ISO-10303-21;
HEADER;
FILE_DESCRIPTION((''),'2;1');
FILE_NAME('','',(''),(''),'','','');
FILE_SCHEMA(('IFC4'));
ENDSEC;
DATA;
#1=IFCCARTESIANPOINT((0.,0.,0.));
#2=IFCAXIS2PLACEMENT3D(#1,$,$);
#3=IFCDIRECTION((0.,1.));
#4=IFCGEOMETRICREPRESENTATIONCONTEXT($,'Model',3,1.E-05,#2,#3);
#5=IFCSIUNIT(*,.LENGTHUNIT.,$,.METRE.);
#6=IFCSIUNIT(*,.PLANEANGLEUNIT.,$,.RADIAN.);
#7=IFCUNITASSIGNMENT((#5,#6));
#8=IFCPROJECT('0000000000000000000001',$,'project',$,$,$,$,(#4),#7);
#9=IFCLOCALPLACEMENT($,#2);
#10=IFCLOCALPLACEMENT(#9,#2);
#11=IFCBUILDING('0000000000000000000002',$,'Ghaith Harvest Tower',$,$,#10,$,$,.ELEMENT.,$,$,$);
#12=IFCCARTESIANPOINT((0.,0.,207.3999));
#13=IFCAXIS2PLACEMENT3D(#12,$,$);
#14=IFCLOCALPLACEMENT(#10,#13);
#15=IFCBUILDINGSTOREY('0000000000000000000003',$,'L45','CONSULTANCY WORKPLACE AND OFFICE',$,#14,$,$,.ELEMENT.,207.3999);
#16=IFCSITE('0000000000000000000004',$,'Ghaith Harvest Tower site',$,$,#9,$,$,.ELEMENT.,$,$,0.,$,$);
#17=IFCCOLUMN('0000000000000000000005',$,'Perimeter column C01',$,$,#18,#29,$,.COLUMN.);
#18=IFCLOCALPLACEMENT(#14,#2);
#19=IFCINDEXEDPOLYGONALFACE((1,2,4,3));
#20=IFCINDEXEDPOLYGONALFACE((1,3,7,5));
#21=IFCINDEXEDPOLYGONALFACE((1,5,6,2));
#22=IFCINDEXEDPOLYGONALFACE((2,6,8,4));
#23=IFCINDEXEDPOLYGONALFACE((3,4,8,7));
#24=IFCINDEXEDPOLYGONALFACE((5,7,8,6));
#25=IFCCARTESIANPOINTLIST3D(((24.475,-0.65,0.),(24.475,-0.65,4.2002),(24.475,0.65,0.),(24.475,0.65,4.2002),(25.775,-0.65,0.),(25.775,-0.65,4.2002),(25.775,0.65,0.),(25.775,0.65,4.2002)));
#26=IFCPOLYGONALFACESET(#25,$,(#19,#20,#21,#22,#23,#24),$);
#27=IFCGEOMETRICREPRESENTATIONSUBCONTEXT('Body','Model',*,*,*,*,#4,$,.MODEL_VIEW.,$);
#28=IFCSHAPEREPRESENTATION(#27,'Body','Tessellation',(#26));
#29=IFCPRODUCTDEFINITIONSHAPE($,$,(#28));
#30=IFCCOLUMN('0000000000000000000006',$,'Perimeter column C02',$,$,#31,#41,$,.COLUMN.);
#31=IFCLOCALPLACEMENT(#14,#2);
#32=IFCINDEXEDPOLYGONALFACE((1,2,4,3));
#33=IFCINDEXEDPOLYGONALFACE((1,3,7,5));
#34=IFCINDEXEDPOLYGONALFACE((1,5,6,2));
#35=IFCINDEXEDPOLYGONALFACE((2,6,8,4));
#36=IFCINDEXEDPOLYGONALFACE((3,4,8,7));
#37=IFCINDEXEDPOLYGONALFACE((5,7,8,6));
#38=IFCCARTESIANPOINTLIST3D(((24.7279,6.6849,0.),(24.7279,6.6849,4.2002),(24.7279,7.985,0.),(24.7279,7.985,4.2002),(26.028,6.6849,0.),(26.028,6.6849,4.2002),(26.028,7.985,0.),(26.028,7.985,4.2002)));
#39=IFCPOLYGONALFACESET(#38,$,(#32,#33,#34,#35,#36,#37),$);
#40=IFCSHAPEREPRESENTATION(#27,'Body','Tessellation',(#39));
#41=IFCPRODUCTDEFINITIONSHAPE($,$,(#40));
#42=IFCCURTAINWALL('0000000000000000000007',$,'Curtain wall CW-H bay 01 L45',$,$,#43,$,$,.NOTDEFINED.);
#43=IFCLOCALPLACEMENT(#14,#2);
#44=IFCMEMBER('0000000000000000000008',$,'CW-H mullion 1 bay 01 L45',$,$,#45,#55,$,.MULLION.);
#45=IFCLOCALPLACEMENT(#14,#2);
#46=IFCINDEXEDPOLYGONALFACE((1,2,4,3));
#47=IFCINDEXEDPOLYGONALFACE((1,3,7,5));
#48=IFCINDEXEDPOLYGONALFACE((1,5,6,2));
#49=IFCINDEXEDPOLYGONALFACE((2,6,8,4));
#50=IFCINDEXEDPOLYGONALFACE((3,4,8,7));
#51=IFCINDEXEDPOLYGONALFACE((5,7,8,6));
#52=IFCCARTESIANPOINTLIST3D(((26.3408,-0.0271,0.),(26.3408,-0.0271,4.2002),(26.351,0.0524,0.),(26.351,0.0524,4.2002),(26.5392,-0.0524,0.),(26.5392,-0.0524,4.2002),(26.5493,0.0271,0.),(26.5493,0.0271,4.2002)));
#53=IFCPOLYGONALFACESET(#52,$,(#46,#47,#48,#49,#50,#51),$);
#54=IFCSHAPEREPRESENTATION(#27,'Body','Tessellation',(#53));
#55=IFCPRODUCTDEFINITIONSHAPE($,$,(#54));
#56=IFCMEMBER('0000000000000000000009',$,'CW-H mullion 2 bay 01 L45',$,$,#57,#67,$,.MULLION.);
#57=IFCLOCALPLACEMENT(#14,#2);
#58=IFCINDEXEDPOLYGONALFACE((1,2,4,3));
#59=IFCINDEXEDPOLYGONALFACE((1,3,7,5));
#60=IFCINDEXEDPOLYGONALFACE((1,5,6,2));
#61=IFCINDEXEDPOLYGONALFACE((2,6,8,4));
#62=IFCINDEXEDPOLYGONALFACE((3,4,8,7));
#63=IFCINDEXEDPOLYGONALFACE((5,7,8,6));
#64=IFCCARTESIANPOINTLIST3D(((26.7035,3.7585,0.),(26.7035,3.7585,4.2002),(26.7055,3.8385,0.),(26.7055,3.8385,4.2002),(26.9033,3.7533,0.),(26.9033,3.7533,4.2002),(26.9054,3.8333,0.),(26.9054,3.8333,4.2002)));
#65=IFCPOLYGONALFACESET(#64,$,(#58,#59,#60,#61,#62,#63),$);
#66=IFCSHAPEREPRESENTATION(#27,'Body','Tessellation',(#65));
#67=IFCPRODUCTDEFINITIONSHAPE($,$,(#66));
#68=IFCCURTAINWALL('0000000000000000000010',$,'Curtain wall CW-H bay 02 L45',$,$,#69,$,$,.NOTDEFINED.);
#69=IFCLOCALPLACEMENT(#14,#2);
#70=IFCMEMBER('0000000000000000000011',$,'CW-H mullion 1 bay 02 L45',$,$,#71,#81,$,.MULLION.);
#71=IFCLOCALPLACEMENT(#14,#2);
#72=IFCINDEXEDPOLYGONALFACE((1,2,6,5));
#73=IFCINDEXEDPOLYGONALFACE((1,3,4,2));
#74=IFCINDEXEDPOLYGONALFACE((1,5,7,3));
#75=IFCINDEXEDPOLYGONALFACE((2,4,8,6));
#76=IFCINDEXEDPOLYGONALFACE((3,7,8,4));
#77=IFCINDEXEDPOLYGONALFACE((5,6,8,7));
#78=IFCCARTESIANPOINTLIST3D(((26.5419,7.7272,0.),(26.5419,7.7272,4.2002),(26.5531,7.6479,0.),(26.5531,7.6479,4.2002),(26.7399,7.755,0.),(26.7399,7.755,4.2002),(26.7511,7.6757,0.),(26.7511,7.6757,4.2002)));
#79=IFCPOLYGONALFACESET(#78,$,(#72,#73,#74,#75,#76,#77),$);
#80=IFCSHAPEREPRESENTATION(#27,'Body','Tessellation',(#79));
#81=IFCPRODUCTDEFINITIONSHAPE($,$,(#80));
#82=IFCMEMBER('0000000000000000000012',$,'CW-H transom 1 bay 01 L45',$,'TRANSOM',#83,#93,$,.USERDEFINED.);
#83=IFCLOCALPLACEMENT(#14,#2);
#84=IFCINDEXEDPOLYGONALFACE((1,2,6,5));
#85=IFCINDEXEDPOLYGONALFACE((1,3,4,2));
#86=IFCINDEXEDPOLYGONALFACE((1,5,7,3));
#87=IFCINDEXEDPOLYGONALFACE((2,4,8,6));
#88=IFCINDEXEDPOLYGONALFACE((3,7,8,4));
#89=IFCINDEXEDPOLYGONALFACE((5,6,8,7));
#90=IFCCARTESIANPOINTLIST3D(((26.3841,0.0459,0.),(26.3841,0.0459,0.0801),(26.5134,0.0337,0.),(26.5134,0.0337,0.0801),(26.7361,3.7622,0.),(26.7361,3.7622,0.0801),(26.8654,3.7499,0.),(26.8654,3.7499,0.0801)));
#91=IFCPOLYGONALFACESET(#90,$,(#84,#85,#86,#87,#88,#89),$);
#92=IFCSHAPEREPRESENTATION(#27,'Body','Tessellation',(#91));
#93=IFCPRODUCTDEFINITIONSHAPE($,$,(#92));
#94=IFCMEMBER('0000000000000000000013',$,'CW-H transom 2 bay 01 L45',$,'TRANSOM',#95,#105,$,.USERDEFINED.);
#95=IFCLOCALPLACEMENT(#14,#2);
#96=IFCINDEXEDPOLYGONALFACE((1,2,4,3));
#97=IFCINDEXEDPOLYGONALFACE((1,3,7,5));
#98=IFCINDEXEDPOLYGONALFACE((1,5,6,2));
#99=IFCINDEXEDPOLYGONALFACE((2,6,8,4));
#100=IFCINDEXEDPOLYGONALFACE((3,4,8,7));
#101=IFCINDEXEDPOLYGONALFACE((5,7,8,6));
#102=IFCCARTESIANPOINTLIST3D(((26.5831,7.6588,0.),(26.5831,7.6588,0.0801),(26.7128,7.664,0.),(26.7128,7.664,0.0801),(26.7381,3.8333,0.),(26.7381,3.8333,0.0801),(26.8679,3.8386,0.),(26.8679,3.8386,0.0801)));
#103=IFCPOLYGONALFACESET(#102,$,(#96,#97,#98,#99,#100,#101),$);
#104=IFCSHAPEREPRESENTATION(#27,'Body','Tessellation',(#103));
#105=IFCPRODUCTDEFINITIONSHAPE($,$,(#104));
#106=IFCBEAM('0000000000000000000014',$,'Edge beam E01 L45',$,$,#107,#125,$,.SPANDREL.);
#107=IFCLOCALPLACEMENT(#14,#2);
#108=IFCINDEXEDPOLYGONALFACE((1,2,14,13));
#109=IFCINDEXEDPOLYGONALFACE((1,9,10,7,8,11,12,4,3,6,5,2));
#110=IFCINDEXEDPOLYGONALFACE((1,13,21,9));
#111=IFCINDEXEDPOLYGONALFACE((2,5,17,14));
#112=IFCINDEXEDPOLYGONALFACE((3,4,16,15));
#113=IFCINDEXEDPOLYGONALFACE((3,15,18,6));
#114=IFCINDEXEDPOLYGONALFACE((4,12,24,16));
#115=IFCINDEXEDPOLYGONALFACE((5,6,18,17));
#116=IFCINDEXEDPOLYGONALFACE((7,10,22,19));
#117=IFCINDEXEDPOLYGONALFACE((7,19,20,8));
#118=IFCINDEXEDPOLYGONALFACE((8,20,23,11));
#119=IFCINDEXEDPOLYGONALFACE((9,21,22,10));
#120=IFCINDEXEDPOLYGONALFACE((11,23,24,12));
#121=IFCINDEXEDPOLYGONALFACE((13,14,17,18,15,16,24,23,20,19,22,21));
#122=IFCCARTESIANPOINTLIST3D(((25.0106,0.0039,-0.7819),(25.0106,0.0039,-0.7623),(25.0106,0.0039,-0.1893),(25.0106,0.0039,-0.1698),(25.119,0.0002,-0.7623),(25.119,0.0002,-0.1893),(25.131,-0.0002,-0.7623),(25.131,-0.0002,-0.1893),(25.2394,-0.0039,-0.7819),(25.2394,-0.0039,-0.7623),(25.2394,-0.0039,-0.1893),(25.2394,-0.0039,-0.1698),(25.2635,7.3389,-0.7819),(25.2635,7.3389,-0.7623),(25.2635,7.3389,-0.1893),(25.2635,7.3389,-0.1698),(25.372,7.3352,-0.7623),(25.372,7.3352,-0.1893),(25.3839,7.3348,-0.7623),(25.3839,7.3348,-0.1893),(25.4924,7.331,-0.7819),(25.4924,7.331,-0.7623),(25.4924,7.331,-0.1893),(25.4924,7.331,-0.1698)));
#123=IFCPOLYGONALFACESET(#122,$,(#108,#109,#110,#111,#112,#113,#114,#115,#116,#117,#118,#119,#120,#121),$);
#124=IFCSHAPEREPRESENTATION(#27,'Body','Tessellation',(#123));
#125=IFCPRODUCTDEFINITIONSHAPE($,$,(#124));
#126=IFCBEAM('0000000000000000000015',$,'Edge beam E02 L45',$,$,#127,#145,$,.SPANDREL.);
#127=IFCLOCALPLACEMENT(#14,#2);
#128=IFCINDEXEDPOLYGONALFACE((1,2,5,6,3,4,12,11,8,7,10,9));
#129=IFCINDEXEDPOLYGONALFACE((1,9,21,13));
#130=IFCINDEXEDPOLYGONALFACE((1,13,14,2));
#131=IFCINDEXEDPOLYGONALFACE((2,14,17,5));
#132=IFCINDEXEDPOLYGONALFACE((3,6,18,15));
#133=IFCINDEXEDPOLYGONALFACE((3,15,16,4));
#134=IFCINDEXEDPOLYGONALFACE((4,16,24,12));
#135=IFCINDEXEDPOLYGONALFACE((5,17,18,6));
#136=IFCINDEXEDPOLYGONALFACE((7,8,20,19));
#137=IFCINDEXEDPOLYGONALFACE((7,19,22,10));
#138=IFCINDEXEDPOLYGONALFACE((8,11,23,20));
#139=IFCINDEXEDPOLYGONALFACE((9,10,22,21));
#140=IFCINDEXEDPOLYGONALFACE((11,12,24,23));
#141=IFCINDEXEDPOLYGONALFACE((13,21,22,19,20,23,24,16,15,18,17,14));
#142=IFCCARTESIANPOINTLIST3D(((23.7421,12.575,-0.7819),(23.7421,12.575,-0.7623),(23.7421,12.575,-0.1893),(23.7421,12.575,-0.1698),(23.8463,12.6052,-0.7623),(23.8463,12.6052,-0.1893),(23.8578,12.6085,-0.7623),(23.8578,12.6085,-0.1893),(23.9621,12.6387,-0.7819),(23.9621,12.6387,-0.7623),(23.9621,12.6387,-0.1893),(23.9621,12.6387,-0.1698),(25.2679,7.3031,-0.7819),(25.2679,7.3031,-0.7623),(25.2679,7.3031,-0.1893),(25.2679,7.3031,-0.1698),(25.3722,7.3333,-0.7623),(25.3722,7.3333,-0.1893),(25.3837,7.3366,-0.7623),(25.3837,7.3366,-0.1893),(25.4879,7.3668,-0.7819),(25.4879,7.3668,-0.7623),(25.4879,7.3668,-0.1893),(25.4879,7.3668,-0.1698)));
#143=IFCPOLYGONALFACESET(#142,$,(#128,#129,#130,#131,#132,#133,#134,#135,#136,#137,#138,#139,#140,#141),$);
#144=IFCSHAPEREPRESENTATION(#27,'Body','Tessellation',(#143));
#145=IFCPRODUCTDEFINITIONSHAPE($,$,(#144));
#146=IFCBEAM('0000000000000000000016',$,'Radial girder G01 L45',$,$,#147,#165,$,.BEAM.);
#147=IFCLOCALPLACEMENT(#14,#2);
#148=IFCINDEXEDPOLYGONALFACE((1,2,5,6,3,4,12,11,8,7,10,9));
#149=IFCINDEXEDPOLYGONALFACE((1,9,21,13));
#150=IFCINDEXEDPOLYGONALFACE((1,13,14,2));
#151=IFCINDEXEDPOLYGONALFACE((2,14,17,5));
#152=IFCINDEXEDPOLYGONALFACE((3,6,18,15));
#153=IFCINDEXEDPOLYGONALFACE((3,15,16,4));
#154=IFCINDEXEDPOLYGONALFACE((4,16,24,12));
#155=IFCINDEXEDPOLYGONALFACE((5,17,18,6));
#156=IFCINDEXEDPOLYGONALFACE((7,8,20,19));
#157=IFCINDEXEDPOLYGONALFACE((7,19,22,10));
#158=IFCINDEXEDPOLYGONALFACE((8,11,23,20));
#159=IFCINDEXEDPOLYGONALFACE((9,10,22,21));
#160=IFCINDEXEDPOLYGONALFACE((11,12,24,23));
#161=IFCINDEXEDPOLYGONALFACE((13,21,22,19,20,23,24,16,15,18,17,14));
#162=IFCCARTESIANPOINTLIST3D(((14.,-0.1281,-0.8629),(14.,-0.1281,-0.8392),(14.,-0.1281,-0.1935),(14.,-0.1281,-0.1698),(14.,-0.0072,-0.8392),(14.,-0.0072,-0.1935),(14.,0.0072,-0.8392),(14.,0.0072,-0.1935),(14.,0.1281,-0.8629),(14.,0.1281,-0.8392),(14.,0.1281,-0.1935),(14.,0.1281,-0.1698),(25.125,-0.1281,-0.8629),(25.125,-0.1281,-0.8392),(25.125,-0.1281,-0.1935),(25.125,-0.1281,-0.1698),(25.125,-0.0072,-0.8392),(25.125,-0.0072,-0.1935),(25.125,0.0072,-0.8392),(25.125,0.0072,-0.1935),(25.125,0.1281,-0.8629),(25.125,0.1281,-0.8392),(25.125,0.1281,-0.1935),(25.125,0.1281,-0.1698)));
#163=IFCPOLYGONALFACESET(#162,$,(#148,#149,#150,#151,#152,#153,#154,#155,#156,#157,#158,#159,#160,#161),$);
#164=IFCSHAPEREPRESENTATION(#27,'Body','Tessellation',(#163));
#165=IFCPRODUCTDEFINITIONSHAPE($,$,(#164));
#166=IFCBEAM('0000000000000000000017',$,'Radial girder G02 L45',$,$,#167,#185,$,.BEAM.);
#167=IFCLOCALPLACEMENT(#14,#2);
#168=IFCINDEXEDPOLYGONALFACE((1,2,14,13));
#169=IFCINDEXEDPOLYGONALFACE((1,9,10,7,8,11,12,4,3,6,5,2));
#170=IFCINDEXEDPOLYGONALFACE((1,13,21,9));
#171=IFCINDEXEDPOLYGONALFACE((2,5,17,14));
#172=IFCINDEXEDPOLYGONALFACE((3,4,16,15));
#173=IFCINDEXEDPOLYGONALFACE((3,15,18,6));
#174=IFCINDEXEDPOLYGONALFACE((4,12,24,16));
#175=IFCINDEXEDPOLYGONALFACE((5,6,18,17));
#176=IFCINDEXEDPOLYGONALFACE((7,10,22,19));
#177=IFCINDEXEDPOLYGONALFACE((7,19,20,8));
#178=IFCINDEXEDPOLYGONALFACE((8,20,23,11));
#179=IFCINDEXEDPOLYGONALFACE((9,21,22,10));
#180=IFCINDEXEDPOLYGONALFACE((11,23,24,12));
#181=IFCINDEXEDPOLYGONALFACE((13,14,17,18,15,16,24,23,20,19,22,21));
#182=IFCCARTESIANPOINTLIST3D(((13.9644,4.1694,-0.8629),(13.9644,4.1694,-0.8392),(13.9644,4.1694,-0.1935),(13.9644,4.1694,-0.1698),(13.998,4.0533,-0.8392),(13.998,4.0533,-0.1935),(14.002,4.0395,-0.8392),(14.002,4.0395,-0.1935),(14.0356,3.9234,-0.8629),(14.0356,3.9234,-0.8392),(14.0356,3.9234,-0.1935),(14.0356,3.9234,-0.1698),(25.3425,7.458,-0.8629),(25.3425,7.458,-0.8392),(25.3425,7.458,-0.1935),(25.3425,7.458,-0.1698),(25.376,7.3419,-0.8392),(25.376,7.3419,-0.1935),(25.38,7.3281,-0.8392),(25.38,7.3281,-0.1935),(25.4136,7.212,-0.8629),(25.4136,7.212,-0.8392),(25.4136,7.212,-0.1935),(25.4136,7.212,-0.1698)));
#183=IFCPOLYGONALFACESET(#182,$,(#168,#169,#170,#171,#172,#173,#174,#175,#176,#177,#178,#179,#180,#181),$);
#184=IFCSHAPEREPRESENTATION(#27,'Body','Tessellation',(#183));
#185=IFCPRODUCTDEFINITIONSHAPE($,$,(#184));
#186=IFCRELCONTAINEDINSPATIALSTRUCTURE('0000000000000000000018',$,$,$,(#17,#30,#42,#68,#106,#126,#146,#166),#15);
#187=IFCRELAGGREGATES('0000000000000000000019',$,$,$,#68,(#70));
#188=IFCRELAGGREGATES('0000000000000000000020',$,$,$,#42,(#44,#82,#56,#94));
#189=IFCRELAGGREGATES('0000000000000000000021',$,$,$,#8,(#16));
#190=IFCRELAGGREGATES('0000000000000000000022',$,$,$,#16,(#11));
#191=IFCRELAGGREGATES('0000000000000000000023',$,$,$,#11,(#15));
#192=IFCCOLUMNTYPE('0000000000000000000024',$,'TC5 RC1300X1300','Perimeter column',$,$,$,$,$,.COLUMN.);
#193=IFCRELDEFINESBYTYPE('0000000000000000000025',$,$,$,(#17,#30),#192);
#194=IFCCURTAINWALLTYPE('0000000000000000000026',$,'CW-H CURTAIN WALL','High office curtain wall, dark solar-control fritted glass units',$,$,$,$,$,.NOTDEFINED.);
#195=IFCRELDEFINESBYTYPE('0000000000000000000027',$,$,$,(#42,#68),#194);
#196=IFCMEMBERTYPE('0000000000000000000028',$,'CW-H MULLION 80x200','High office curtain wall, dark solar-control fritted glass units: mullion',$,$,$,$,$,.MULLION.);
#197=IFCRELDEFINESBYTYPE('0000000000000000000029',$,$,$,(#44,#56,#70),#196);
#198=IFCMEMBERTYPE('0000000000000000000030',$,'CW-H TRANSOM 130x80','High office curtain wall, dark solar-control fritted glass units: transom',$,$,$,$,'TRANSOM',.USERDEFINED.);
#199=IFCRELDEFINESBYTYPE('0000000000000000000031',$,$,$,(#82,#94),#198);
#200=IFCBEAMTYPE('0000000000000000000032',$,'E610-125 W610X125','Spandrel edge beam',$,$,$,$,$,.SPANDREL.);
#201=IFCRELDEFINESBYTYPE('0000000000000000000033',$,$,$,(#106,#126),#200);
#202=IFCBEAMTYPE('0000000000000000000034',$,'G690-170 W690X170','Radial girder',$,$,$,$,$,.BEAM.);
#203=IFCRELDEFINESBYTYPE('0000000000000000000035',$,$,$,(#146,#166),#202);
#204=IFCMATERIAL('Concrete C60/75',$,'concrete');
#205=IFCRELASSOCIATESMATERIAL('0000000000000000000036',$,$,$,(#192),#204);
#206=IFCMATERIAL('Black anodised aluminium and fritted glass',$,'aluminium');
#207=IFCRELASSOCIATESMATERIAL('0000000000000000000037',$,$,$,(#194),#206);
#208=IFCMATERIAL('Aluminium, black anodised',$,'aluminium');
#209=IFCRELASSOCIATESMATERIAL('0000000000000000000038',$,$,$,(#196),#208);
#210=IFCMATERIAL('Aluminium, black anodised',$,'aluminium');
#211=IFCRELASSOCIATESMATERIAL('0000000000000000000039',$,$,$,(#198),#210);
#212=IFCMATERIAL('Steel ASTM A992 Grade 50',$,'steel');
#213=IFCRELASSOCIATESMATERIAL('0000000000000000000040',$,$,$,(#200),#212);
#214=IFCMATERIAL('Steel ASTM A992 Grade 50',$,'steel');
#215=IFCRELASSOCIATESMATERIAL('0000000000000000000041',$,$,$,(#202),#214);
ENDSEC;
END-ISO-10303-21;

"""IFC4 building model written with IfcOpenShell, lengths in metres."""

from ifc_helpers import new_model, si_unit, direction, frame, origin, origin_2d, place, context, subcontext, project, spatial, rectangle, i_section, extrude, material, material_profile, profile_set, type_object, element, aggregate, save


model = new_model("IFC4")

# Units and contexts
model_context = context("Model", 3, precision=1e-05, world=origin(), true_north=direction((0.0, 1.0)))
body_context = subcontext(model_context, "Body", "Model", "MODEL_VIEW")
ifc_project = project(units=[si_unit("LENGTHUNIT", "METRE"), si_unit("PLANEANGLEUNIT", "RADIAN")], contexts=[model_context])

# Site, building, storey
site_placement = place(None, origin())
site = spatial("IfcSite", under=ifc_project, at=site_placement, Name="Ghaith Harvest Tower site", CompositionType="ELEMENT", RefElevation=0.0)
building_placement = place(site_placement, origin())
building = spatial("IfcBuilding", under=site, at=building_placement, Name="Ghaith Harvest Tower", CompositionType="ELEMENT")
storey_placement = place(building_placement, frame((0.0, 0.0, 207.3999)))
storey = spatial("IfcBuildingStorey", under=building, at=storey_placement, Name="L45", Description="CONSULTANCY WORKPLACE AND OFFICE", CompositionType="ELEMENT", Elevation=207.3999)

# Columns
ifc_material_1 = material(Name="Concrete C60/75", Category="concrete")
ifc_material_profile_1 = material_profile(ifc_material_1, rectangle(XDim=1.3, YDim=1.3, at=origin_2d()), Name="RC1300X1300")
ifc_profile_set_1 = profile_set([ifc_material_profile_1], Name="Concrete C60/75")
column_type = type_object("IfcColumnType", Name="TC5 RC1300X1300", Description="Perimeter column", PredefinedType="COLUMN", material=ifc_profile_set_1)
for number, where, z_axis, x_axis, name in (
    (1, (25.125, 0.0, 0.0), (0.0, 0.0, 1.0), (1.0, 0.0, 0.0), "Perimeter column C01"),
    (2, (25.3779, 7.335, 0.0), (0.0, 0.0, 1.0), (1.0, 0.0, 0.0), "Perimeter column C02"),
):
    element("IfcColumn", number, at=place(storey_placement, frame(where, z_axis=z_axis, x_axis=x_axis)), inside=storey, type_object=column_type, Name=name, PredefinedType="COLUMN", context=body_context, shape_type="SweptSolid", body=[
        extrude(rectangle(XDim=1.3, YDim=1.3, at=origin_2d()), origin(), (0.0, 0.0, 1.0), 4.2002),
    ])

# Curtain wall, members
ifc_material_2 = material(Name="Black anodised aluminium and fritted glass", Category="aluminium")
curtain_wall_type = type_object("IfcCurtainWallType", Name="CW-H CURTAIN WALL", Description="High office curtain wall, dark solar-control fritted glass units", PredefinedType="NOTDEFINED", material=ifc_material_2)
curtain_wall_1_placement = place(storey_placement, origin())
curtain_wall_1 = element("IfcCurtainWall", 3, at=curtain_wall_1_placement, inside=storey, type_object=curtain_wall_type, Name="Curtain wall CW-H bay 01 L45", PredefinedType="NOTDEFINED")
ifc_material_3 = material(Name="Aluminium, black anodised", Category="aluminium")
ifc_material_profile_2 = material_profile(ifc_material_3, rectangle(XDim=0.0801, YDim=0.2, at=origin_2d()), Name="CW-H MULLION 80x200")
ifc_profile_set_2 = profile_set([ifc_material_profile_2], Name="Aluminium, black anodised")
member_type_1 = type_object("IfcMemberType", Name="CW-H MULLION 80x200", Description="High office curtain wall, dark solar-control fritted glass units: mullion", PredefinedType="MULLION", material=ifc_profile_set_2)
member_1_placement = place(storey_placement, frame((26.4451, 0.0, 0.0), z_axis=(0.0, 0.0, 1.0), x_axis=(0.126568, 0.991958, 0.0)))
member_1 = element("IfcMember", 4, at=member_1_placement, type_object=member_type_1, Name="CW-H mullion 1 bay 01 L45", PredefinedType="MULLION", context=body_context, shape_type="SweptSolid", body=[
    extrude(rectangle(XDim=0.0801, YDim=0.2, at=origin_2d()), origin(), (0.0, 0.0, 1.0), 4.2002),
])
member_2_placement = place(storey_placement, frame((26.8044, 3.7959, 0.0), z_axis=(0.0, 0.0, 1.0), x_axis=(0.026143, 0.999658, 0.0)))
member_2 = element("IfcMember", 5, at=member_2_placement, type_object=member_type_1, Name="CW-H mullion 2 bay 01 L45", PredefinedType="MULLION", context=body_context, shape_type="SweptSolid", body=[
    extrude(rectangle(XDim=0.0801, YDim=0.2, at=origin_2d()), origin(), (0.0, 0.0, 1.0), 4.2002),
])

# Curtain wall, member
curtain_wall_2_placement = place(storey_placement, origin())
curtain_wall_2 = element("IfcCurtainWall", 6, at=curtain_wall_2_placement, inside=storey, type_object=curtain_wall_type, Name="Curtain wall CW-H bay 02 L45", PredefinedType="NOTDEFINED")
member_3_placement = place(storey_placement, frame((26.6465, 7.7014, 0.0), z_axis=(0.0, 0.0, 1.0), x_axis=(-0.139146, 0.990272, 0.0)))
member_3 = element("IfcMember", 7, at=member_3_placement, type_object=member_type_1, Name="CW-H mullion 1 bay 02 L45", PredefinedType="MULLION", context=body_context, shape_type="SweptSolid", body=[
    extrude(rectangle(XDim=0.0801, YDim=0.2, at=origin_2d()), origin(), (0.0, 0.0, 1.0), 4.2002),
])
aggregate(curtain_wall_2, [member_3])

# Members
ifc_material_4 = material(Name="Aluminium, black anodised", Category="aluminium")
ifc_material_profile_3 = material_profile(ifc_material_4, rectangle(XDim=0.1299, YDim=0.0801, at=origin_2d()), Name="CW-H TRANSOM 130x80")
ifc_profile_set_3 = profile_set([ifc_material_profile_3], Name="Aluminium, black anodised")
member_type_2 = type_object("IfcMemberType", Name="CW-H TRANSOM 130x80", Description="High office curtain wall, dark solar-control fritted glass units: transom", ElementType="TRANSOM", PredefinedType="USERDEFINED", material=ifc_profile_set_3)
member_4_placement = place(storey_placement, frame((26.4487, 0.0398, 0.04), z_axis=(0.094309, 0.995543, 0.0), x_axis=(-0.995543, 0.094309, 0.0)))
member_4 = element("IfcMember", 8, at=member_4_placement, type_object=member_type_2, Name="CW-H transom 1 bay 01 L45", ObjectType="TRANSOM", PredefinedType="USERDEFINED", context=body_context, shape_type="SweptSolid", body=[
    extrude(rectangle(XDim=0.1299, YDim=0.0801, at=origin_2d()), origin(), (0.0, 0.0, 1.0), 3.7329),
])
member_5_placement = place(storey_placement, frame((26.803, 3.8359, 0.04), z_axis=(-0.040493, 0.99918, 0.0), x_axis=(-0.99918, -0.040493, 0.0)))
member_5 = element("IfcMember", 9, at=member_5_placement, type_object=member_type_2, Name="CW-H transom 2 bay 01 L45", ObjectType="TRANSOM", PredefinedType="USERDEFINED", context=body_context, shape_type="SweptSolid", body=[
    extrude(rectangle(XDim=0.1299, YDim=0.0801, at=origin_2d()), origin(), (0.0, 0.0, 1.0), 3.8286),
])

# Beams
ifc_material_5 = material(Name="Steel ASTM A992 Grade 50", Category="steel")
ifc_material_profile_4 = material_profile(ifc_material_5, i_section(OverallWidth=0.229, OverallDepth=0.6121, WebThickness=0.012, FlangeThickness=0.0195, at=origin_2d()), Name="W610X125")
ifc_profile_set_4 = profile_set([ifc_material_profile_4], Name="Steel ASTM A992 Grade 50")
beam_type_1 = type_object("IfcBeamType", Name="E610-125 W610X125", Description="Spandrel edge beam", PredefinedType="SPANDREL", material=ifc_profile_set_4)
beam_1_placement = place(storey_placement, frame((25.125, 0.0, -0.4758), z_axis=(0.034462, 0.999406, 0.0), x_axis=(-0.999406, 0.034462, 0.0)))
element("IfcBeam", 10, at=beam_1_placement, inside=storey, type_object=beam_type_1, Name="Edge beam E01 L45", PredefinedType="SPANDREL", context=body_context, shape_type="SweptSolid", body=[
    extrude(i_section(OverallWidth=0.229, OverallDepth=0.6121, WebThickness=0.012, FlangeThickness=0.0195, at=origin_2d()), origin(), (0.0, 0.0, 1.0), 7.3394),
])
beam_2_placement = place(storey_placement, frame((25.3779, 7.335, -0.4758), z_axis=(-0.278021, 0.960575, 0.0), x_axis=(-0.960575, -0.278021, 0.0)))
element("IfcBeam", 11, at=beam_2_placement, inside=storey, type_object=beam_type_1, Name="Edge beam E02 L45", PredefinedType="SPANDREL", context=body_context, shape_type="SweptSolid", body=[
    extrude(i_section(OverallWidth=0.229, OverallDepth=0.6121, WebThickness=0.012, FlangeThickness=0.0195, at=origin_2d()), origin(), (0.0, 0.0, 1.0), 5.4883),
])
ifc_material_6 = material(Name="Steel ASTM A992 Grade 50", Category="steel")
ifc_material_profile_5 = material_profile(ifc_material_6, i_section(OverallWidth=0.2561, OverallDepth=0.6931, WebThickness=0.0144, FlangeThickness=0.0237, at=origin_2d()), Name="W690X170")
ifc_profile_set_5 = profile_set([ifc_material_profile_5], Name="Steel ASTM A992 Grade 50")
beam_type_2 = type_object("IfcBeamType", Name="G690-170 W690X170", Description="Radial girder", PredefinedType="BEAM", material=ifc_profile_set_5)
beam_3_placement = place(storey_placement, frame((14.0, 0.0, -0.5164), z_axis=(1.0, 0.0, 0.0), x_axis=(0.0, 1.0, 0.0)))
element("IfcBeam", 12, at=beam_3_placement, inside=storey, type_object=beam_type_2, Name="Radial girder G01 L45", PredefinedType="BEAM", context=body_context, shape_type="SweptSolid", body=[
    extrude(i_section(OverallWidth=0.2561, OverallDepth=0.6931, WebThickness=0.0144, FlangeThickness=0.0237, at=origin_2d()), origin(), (0.0, 0.0, 1.0), 11.125),
])
beam_4_placement = place(storey_placement, frame((14.0, 4.0464, -0.5164), z_axis=(0.960678, 0.277666, 0.0), x_axis=(-0.277666, 0.960678, 0.0)))
element("IfcBeam", 13, at=beam_4_placement, inside=storey, type_object=beam_type_2, Name="Radial girder G02 L45", PredefinedType="BEAM", context=body_context, shape_type="SweptSolid", body=[
    extrude(i_section(OverallWidth=0.2561, OverallDepth=0.6931, WebThickness=0.0144, FlangeThickness=0.0237, at=origin_2d()), origin(), (0.0, 0.0, 1.0), 11.8438),
])

aggregate(curtain_wall_1, [member_1, member_4, member_2, member_5])

save(model, "model.ifc")
